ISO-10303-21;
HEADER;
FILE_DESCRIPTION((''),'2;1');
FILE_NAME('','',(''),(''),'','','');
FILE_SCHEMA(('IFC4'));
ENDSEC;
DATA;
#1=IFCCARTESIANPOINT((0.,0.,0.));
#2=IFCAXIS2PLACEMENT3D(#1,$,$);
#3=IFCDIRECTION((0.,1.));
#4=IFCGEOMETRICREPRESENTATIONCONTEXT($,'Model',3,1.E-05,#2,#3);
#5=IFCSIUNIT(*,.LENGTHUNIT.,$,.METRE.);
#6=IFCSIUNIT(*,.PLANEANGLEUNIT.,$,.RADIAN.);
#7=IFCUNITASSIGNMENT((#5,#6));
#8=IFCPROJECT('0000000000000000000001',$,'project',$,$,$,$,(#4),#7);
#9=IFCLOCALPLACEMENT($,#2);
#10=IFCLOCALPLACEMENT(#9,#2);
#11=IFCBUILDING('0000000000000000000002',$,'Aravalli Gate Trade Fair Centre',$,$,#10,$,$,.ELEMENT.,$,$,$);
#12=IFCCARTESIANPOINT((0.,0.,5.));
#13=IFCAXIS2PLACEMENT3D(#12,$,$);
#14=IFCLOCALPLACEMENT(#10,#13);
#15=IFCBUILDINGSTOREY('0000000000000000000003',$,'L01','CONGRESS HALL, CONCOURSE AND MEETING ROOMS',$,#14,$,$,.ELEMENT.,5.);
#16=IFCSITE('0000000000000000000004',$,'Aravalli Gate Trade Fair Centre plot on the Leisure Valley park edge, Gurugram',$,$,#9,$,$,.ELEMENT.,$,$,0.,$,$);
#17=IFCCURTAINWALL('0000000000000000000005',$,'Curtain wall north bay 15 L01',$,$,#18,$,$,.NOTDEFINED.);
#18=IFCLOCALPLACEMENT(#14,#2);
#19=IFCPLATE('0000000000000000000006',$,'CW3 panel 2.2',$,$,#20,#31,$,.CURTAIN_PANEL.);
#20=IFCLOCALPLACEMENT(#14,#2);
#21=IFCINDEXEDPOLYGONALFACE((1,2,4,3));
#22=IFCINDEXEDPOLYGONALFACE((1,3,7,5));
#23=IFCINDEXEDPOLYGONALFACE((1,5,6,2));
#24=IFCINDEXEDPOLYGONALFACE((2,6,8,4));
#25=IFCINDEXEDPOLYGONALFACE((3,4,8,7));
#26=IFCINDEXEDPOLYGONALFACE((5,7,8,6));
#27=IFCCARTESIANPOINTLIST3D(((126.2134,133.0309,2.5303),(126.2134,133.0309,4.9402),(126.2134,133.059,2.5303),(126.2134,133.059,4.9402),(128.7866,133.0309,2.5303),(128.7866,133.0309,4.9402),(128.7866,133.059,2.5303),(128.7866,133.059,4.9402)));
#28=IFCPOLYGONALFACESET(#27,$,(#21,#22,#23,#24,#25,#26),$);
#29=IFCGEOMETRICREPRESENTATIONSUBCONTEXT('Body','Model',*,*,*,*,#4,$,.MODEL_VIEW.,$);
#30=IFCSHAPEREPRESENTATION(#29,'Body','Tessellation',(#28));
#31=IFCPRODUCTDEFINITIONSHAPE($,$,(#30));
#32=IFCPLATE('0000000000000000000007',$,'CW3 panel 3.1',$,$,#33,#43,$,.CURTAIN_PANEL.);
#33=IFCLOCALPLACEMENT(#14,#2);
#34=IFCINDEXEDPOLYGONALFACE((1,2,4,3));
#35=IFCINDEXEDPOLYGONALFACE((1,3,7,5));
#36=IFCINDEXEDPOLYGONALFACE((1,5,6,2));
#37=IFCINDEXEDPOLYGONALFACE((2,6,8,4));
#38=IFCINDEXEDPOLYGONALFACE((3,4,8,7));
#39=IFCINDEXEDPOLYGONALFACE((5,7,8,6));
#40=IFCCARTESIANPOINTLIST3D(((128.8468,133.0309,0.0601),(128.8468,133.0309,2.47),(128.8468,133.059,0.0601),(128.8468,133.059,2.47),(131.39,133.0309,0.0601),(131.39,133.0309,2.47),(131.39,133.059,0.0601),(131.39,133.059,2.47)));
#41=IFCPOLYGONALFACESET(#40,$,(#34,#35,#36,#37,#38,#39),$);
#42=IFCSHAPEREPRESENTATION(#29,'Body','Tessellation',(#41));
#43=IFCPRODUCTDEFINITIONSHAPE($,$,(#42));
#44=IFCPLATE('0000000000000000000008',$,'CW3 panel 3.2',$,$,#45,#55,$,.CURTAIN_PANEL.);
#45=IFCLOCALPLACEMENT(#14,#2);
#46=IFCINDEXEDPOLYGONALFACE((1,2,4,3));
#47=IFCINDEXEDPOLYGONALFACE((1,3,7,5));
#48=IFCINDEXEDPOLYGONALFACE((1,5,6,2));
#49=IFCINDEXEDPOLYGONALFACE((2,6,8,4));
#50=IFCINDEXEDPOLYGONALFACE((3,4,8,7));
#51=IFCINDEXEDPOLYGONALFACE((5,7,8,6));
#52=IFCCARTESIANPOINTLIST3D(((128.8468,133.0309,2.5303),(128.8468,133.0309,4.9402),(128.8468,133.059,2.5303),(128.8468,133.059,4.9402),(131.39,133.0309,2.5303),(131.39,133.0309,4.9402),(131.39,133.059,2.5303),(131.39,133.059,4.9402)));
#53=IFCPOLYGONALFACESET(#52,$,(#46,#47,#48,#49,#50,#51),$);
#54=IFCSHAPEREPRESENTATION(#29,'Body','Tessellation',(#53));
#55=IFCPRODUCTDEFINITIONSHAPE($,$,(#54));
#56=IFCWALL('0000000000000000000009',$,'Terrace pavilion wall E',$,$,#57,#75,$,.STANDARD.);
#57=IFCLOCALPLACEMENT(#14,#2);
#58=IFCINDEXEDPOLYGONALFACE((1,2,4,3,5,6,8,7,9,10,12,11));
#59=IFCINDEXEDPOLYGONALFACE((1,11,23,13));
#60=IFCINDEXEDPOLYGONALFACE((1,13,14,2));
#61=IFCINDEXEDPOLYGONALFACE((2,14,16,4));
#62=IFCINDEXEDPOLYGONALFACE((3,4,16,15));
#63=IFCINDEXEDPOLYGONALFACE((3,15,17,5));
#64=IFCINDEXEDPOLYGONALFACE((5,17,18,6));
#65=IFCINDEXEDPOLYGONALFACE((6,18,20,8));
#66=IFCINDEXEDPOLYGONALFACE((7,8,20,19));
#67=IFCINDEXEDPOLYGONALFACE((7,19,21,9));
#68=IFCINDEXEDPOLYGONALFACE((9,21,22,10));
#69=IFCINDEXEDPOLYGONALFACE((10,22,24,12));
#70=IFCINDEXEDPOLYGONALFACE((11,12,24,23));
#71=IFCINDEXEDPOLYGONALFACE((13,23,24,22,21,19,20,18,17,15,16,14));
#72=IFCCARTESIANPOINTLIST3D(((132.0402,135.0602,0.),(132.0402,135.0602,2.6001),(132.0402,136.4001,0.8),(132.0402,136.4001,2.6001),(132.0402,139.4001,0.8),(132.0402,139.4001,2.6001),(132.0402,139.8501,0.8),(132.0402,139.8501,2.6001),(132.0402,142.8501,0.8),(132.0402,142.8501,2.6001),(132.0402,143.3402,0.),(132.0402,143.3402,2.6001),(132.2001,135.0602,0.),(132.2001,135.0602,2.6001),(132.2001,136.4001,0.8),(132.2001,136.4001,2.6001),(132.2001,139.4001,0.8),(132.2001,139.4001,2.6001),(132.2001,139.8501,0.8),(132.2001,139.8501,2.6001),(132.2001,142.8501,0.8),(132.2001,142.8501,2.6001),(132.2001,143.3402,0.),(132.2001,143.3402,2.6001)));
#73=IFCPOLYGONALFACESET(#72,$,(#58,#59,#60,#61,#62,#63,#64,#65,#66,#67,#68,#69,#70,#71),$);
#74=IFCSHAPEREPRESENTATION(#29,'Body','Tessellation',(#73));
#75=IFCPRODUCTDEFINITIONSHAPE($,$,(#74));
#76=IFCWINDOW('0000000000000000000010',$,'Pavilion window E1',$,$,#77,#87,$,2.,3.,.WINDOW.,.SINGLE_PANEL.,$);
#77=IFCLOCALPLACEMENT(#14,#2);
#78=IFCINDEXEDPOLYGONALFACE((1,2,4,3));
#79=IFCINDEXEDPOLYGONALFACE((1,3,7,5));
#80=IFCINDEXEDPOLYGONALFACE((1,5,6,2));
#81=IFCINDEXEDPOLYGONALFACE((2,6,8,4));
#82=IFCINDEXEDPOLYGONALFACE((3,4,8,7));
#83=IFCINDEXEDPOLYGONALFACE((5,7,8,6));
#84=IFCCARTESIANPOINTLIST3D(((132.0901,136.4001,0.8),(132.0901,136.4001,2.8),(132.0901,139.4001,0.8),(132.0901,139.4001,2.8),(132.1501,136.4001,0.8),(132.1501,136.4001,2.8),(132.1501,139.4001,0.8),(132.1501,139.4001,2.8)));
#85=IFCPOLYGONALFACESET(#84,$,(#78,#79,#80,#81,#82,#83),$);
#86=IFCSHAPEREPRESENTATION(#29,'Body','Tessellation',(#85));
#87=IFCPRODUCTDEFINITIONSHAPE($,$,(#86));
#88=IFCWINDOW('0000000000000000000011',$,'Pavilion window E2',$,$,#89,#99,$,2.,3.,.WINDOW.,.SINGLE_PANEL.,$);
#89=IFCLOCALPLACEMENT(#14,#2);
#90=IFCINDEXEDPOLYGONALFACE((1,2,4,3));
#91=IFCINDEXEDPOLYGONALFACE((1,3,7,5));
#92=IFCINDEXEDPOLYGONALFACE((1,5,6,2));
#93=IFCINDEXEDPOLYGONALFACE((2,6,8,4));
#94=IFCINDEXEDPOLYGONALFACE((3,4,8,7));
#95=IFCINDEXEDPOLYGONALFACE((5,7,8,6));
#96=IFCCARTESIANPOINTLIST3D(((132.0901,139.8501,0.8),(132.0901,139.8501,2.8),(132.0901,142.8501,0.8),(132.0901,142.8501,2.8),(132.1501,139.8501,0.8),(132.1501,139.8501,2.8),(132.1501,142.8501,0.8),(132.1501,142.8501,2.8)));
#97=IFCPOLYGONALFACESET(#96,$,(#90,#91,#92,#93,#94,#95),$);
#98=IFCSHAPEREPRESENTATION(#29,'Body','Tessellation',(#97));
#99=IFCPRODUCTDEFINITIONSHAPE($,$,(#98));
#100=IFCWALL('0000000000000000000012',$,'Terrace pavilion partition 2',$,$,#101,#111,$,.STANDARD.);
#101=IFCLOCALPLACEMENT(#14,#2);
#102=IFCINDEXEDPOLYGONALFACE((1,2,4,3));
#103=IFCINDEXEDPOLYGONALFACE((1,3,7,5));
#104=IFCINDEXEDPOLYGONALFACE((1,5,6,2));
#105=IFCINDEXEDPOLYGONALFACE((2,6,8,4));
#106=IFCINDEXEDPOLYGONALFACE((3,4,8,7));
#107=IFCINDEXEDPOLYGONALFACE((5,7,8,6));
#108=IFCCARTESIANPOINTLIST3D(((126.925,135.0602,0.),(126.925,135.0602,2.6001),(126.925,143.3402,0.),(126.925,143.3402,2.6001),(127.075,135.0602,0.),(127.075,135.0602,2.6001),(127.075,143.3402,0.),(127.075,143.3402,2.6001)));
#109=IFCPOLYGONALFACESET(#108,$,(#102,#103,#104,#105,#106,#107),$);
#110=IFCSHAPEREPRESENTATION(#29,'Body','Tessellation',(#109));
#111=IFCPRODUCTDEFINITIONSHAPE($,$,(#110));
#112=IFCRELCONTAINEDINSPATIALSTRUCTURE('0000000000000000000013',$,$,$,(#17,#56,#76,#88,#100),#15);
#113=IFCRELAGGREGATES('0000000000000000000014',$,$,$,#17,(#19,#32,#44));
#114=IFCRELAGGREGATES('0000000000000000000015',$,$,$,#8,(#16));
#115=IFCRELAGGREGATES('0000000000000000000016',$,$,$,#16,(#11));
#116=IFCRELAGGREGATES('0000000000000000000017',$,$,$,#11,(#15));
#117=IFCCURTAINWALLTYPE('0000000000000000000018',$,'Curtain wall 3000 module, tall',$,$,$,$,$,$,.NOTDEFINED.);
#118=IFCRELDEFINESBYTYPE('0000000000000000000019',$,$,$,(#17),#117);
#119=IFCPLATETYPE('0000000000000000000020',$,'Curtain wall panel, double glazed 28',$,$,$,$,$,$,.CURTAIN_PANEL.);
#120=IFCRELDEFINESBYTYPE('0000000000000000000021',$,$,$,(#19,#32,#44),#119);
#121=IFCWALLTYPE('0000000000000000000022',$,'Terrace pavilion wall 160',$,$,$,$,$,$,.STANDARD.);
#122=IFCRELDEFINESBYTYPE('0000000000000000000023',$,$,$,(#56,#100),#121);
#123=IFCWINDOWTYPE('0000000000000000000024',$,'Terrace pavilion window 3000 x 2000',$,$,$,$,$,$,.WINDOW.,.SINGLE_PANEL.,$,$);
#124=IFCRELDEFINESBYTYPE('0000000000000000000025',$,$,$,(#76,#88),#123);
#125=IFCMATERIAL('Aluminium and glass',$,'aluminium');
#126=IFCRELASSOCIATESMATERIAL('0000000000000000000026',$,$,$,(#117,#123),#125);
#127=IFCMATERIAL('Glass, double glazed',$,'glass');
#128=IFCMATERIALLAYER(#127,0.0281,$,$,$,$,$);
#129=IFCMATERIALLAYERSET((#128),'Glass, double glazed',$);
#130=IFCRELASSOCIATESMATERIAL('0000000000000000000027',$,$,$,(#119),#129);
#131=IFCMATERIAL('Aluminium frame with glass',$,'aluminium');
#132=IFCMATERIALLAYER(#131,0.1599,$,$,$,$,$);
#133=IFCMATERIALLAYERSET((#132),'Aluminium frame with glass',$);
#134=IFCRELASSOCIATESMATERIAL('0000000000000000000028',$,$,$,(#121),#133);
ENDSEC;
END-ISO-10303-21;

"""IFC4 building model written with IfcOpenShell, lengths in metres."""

from ifc_helpers import new_model, si_unit, direction, frame, frame_2d, origin, origin_2d, place, context, subcontext, project, spatial, rectangle, extrude, material, layer, layer_set, type_object, element, fill, aggregate, save


model = new_model("IFC4")

# Units and contexts
model_context = context("Model", 3, precision=1e-05, world=origin(), true_north=direction((0.0, 1.0)))
body_context = subcontext(model_context, "Body", "Model", "MODEL_VIEW")
ifc_project = project(units=[si_unit("LENGTHUNIT", "METRE"), si_unit("PLANEANGLEUNIT", "RADIAN")], contexts=[model_context])

# Site, building, storey
site_placement = place(None, origin())
site = spatial("IfcSite", under=ifc_project, at=site_placement, Name="Aravalli Gate Trade Fair Centre plot on the Leisure Valley park edge, Gurugram", CompositionType="ELEMENT", RefElevation=0.0)
building_placement = place(site_placement, origin())
building = spatial("IfcBuilding", under=site, at=building_placement, Name="Aravalli Gate Trade Fair Centre", CompositionType="ELEMENT")
storey_placement = place(building_placement, frame((0.0, 0.0, 5.0)))
storey = spatial("IfcBuildingStorey", under=building, at=storey_placement, Name="L01", Description="CONGRESS HALL, CONCOURSE AND MEETING ROOMS", CompositionType="ELEMENT", Elevation=5.0)

# Curtain wall
ifc_material_1 = material(Name="Aluminium and glass", Category="aluminium")
curtain_wall_type = type_object("IfcCurtainWallType", Name="Curtain wall 3000 module, tall", PredefinedType="NOTDEFINED", material=ifc_material_1)
curtain_wall_1_placement = place(storey_placement, origin())
curtain_wall_1 = element("IfcCurtainWall", 1, at=curtain_wall_1_placement, inside=storey, type_object=curtain_wall_type, Name="Curtain wall north bay 15 L01", PredefinedType="NOTDEFINED")

# Plates
ifc_material_2 = material(Name="Glass, double glazed", Category="glass")
ifc_layer_1 = layer(ifc_material_2, 0.0281)
ifc_layer_set_1 = layer_set([ifc_layer_1], Name="Glass, double glazed")
plate_type = type_object("IfcPlateType", Name="Curtain wall panel, double glazed 28", PredefinedType="CURTAIN_PANEL", material=ifc_layer_set_1)
plate_1_placement = place(storey_placement, frame((127.5, 133.0449, 2.5303), z_axis=(0.0, 0.0, 1.0), x_axis=(1.0, 0.0, 0.0)))
plate_1 = element("IfcPlate", 2, at=plate_1_placement, type_object=plate_type, Name="CW3 panel 2.2", PredefinedType="CURTAIN_PANEL", context=body_context, shape_type="SweptSolid", body=[
    extrude(rectangle(XDim=2.5732, YDim=0.0281, at=origin_2d()), origin(), (0.0, 0.0, 1.0), 2.4099),
])
plate_2_placement = place(storey_placement, frame((130.1184, 133.0449, 0.0601), z_axis=(0.0, 0.0, 1.0), x_axis=(1.0, 0.0, 0.0)))
plate_2 = element("IfcPlate", 3, at=plate_2_placement, type_object=plate_type, Name="CW3 panel 3.1", PredefinedType="CURTAIN_PANEL", context=body_context, shape_type="SweptSolid", body=[
    extrude(rectangle(XDim=2.5432, YDim=0.0281, at=origin_2d()), origin(), (0.0, 0.0, 1.0), 2.4099),
])
plate_3_placement = place(storey_placement, frame((130.1184, 133.0449, 2.5303), z_axis=(0.0, 0.0, 1.0), x_axis=(1.0, 0.0, 0.0)))
plate_3 = element("IfcPlate", 4, at=plate_3_placement, type_object=plate_type, Name="CW3 panel 3.2", PredefinedType="CURTAIN_PANEL", context=body_context, shape_type="SweptSolid", body=[
    extrude(rectangle(XDim=2.5432, YDim=0.0281, at=origin_2d()), origin(), (0.0, 0.0, 1.0), 2.4099),
])
aggregate(curtain_wall_1, [plate_1, plate_2, plate_3])

# Wall, openings, windows
ifc_material_3 = material(Name="Aluminium frame with glass", Category="aluminium")
ifc_layer_2 = layer(ifc_material_3, 0.1599)
ifc_layer_set_2 = layer_set([ifc_layer_2], Name="Aluminium frame with glass")
wall_type = type_object("IfcWallType", Name="Terrace pavilion wall 160", PredefinedType="STANDARD", material=ifc_layer_set_2)
wall_1_placement = place(storey_placement, frame((132.1201, 135.0601, 0.0), z_axis=(0.0, 0.0, 1.0), x_axis=(0.0, 1.0, 0.0)))
wall_1 = element("IfcWall", 5, at=wall_1_placement, inside=storey, type_object=wall_type, Name="Terrace pavilion wall E", PredefinedType="STANDARD", context=body_context, shape_type="SweptSolid", body=[
    extrude(rectangle(XDim=8.28, YDim=0.1599, at=frame_2d((4.1401, 0.0))), origin(), (0.0, 0.0, 1.0), 2.6001),
])
opening_1_placement = place(wall_1_placement, frame((1.3401, 0.0, 0.8)))
opening_1 = element("IfcOpeningElement", 6, at=opening_1_placement, cuts=wall_1, PredefinedType="OPENING", context=body_context, shape_type="SweptSolid", body=[
    extrude(rectangle(XDim=3.0, YDim=2.0, at=frame_2d((1.5, 1.0))), frame((0.0, 0.0898, 0.0), z_axis=(0.0, -1.0, 0.0), x_axis=(1.0, 0.0, 0.0)), (0.0, 0.0, 1.0), 0.1799),
])
opening_2_placement = place(wall_1_placement, frame((4.79, 0.0, 0.8)))
opening_2 = element("IfcOpeningElement", 7, at=opening_2_placement, cuts=wall_1, PredefinedType="OPENING", context=body_context, shape_type="SweptSolid", body=[
    extrude(rectangle(XDim=3.0, YDim=2.0, at=frame_2d((1.5, 1.0))), frame((0.0, 0.0898, 0.0), z_axis=(0.0, -1.0, 0.0), x_axis=(1.0, 0.0, 0.0)), (0.0, 0.0, 1.0), 0.1799),
])
window_type = type_object("IfcWindowType", Name="Terrace pavilion window 3000 x 2000", PartitioningType="SINGLE_PANEL", PredefinedType="WINDOW", material=ifc_material_1)
window_1_placement = place(opening_1_placement, origin())
window_1 = element("IfcWindow", 8, at=window_1_placement, inside=storey, type_object=window_type, Name="Pavilion window E1", OverallHeight=2.0, OverallWidth=3.0, PartitioningType="SINGLE_PANEL", PredefinedType="WINDOW", context=body_context, shape_type="SweptSolid", body=[
    extrude(rectangle(XDim=3.0, YDim=2.0, at=frame_2d((1.5, 1.0))), frame((0.0, 0.03, 0.0), z_axis=(0.0, -1.0, 0.0), x_axis=(1.0, 0.0, 0.0)), (0.0, 0.0, 1.0), 0.0601),
])
fill(opening_1, window_1)
window_2_placement = place(opening_2_placement, origin())
window_2 = element("IfcWindow", 9, at=window_2_placement, inside=storey, type_object=window_type, Name="Pavilion window E2", OverallHeight=2.0, OverallWidth=3.0, PartitioningType="SINGLE_PANEL", PredefinedType="WINDOW", context=body_context, shape_type="SweptSolid", body=[
    extrude(rectangle(XDim=3.0, YDim=2.0, at=frame_2d((1.5, 1.0))), frame((0.0, 0.03, 0.0), z_axis=(0.0, -1.0, 0.0), x_axis=(1.0, 0.0, 0.0)), (0.0, 0.0, 1.0), 0.0601),
])
fill(opening_2, window_2)

# Wall
wall_2_placement = place(storey_placement, frame((127.0, 135.0601, 0.0), z_axis=(0.0, 0.0, 1.0), x_axis=(0.0, 1.0, 0.0)))
element("IfcWall", 10, at=wall_2_placement, inside=storey, type_object=wall_type, Name="Terrace pavilion partition 2", PredefinedType="STANDARD", context=body_context, shape_type="SweptSolid", body=[
    extrude(rectangle(XDim=8.28, YDim=0.1499, at=frame_2d((4.1401, 0.0))), origin(), (0.0, 0.0, 1.0), 2.6001),
])

save(model, "model.ifc")
